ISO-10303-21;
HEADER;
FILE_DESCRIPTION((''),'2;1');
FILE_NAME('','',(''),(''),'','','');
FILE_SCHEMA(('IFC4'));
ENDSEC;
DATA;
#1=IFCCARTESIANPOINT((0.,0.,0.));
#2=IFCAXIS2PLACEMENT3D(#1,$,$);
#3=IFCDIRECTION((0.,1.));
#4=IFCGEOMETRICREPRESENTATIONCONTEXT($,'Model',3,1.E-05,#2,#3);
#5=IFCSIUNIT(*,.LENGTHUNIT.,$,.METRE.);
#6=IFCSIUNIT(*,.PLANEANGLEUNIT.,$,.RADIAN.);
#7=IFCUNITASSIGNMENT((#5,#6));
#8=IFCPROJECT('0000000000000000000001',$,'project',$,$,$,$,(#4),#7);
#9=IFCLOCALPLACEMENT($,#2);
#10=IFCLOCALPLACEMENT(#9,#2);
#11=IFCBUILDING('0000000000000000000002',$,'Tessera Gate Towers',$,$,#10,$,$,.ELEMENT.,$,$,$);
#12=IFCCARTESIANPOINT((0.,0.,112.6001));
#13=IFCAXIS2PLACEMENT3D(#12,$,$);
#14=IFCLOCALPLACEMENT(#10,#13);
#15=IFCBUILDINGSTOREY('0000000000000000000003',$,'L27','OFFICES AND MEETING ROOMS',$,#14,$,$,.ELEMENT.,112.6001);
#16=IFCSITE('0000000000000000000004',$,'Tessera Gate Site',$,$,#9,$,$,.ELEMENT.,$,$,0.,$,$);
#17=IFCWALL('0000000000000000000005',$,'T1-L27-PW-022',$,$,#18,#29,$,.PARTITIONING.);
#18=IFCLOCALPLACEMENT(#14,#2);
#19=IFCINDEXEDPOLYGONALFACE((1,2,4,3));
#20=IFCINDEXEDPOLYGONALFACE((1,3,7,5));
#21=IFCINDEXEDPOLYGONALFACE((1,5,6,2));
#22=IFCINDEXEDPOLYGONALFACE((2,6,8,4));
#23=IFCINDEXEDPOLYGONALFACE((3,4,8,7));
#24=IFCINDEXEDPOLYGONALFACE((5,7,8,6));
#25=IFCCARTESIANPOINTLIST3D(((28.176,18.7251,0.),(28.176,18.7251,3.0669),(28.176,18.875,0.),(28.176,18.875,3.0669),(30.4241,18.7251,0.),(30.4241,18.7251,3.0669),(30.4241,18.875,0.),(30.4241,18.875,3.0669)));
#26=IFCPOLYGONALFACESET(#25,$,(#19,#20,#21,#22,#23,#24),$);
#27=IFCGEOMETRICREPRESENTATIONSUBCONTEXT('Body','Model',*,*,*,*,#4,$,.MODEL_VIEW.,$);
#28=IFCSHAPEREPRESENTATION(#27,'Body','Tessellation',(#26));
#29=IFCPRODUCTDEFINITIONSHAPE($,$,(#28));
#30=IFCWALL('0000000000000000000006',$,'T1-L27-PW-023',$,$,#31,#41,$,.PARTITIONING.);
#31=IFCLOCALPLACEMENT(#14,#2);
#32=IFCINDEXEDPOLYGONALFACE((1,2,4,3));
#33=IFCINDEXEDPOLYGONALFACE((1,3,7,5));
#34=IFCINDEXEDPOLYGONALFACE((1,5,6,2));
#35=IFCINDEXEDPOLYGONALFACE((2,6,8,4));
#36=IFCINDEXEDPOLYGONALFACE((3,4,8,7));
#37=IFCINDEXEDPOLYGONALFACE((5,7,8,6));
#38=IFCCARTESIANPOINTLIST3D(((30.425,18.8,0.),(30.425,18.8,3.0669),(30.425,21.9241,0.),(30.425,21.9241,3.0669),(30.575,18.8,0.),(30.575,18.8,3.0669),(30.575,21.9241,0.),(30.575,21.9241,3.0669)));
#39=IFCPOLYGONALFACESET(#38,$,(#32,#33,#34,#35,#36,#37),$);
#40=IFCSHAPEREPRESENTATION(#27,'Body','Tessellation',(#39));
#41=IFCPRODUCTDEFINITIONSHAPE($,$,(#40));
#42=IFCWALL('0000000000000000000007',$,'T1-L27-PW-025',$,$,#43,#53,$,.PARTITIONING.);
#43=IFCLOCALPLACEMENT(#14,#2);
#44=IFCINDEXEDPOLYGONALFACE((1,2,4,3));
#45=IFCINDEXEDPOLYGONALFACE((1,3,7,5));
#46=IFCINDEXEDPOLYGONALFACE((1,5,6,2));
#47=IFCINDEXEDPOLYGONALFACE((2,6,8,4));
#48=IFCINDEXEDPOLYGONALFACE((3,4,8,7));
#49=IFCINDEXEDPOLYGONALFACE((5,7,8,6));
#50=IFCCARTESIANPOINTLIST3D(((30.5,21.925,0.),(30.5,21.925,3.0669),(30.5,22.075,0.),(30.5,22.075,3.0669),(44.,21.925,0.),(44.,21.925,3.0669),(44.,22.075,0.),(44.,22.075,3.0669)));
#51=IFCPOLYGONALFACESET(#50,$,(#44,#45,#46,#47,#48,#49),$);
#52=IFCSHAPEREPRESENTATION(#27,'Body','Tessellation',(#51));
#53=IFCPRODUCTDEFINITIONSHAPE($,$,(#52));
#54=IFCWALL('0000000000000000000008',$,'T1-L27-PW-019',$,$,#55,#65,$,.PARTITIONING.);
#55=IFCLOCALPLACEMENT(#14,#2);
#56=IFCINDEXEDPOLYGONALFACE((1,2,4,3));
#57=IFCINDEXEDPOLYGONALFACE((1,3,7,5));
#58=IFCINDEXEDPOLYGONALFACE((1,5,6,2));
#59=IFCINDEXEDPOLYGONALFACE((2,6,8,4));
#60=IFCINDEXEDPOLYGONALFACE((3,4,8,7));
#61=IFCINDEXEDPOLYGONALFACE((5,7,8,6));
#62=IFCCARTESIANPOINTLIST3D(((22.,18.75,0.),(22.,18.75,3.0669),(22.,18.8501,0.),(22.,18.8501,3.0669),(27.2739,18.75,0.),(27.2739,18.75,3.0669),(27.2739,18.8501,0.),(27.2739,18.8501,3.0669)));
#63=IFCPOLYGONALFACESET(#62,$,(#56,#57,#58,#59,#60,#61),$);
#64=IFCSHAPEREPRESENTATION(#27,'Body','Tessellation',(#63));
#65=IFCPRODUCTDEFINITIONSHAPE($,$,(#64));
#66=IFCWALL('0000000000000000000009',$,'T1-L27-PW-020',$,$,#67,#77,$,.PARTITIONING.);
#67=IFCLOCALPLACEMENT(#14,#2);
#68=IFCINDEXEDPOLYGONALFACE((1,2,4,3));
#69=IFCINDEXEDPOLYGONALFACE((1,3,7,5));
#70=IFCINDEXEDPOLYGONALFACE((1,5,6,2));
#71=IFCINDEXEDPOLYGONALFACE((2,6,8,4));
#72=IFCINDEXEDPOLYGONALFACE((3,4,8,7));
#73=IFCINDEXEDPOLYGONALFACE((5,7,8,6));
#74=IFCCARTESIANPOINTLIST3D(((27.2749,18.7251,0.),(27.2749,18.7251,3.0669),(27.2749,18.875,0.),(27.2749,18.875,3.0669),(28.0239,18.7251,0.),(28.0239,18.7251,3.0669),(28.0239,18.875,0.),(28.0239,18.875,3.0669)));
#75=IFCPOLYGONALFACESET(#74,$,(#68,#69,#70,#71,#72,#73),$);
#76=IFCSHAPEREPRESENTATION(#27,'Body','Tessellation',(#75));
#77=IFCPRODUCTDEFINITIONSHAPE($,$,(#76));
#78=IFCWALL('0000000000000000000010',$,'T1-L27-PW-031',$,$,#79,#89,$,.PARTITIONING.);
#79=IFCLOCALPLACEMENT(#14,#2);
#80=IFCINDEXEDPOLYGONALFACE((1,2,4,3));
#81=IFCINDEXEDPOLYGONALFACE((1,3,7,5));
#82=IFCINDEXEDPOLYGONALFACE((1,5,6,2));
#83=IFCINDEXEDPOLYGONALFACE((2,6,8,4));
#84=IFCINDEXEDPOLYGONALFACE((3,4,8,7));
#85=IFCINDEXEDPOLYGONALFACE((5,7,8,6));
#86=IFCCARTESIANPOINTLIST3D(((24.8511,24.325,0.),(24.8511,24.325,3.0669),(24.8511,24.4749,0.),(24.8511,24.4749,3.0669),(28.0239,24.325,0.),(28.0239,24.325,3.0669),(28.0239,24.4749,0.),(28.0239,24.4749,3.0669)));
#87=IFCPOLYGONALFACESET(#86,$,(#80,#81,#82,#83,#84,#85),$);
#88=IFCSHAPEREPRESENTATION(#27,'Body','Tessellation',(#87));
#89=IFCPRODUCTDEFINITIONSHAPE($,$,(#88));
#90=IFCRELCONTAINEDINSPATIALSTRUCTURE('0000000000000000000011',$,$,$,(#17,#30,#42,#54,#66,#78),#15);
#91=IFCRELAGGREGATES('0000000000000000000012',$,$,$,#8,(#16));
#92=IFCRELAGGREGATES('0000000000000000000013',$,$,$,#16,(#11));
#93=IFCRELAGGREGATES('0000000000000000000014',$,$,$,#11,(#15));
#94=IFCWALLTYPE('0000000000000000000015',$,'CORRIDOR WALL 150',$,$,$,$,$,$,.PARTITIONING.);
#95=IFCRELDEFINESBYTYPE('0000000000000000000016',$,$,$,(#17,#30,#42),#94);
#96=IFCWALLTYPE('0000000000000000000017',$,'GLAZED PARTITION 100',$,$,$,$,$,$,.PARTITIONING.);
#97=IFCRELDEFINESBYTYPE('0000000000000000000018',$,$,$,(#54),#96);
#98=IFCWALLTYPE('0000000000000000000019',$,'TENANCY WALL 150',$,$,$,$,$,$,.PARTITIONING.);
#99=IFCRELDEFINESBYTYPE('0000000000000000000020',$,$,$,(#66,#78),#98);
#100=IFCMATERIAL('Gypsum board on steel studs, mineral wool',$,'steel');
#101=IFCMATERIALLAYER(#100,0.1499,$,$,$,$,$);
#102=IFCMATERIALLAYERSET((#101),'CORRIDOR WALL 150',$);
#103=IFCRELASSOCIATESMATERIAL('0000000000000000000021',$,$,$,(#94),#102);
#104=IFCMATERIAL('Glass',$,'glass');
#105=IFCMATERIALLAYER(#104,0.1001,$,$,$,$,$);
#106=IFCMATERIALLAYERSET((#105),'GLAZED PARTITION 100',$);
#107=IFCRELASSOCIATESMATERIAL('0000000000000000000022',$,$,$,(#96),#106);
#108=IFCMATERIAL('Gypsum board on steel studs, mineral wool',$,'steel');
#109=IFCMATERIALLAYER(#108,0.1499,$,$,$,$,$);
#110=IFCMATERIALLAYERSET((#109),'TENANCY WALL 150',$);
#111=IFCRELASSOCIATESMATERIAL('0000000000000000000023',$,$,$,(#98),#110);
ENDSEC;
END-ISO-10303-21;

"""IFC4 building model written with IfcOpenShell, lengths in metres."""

from ifc_helpers import new_model, si_unit, direction, frame, frame_2d, origin, place, context, subcontext, project, spatial, rectangle, extrude, material, layer, layer_set, type_object, element, save


model = new_model("IFC4")

# Units and contexts
model_context = context("Model", 3, precision=1e-05, world=origin(), true_north=direction((0.0, 1.0)))
body_context = subcontext(model_context, "Body", "Model", "MODEL_VIEW")
ifc_project = project(units=[si_unit("LENGTHUNIT", "METRE"), si_unit("PLANEANGLEUNIT", "RADIAN")], contexts=[model_context])

# Site, building, storey
site_placement = place(None, origin())
site = spatial("IfcSite", under=ifc_project, at=site_placement, Name="Tessera Gate Site", CompositionType="ELEMENT", RefElevation=0.0)
building_placement = place(site_placement, origin())
building = spatial("IfcBuilding", under=site, at=building_placement, Name="Tessera Gate Towers", CompositionType="ELEMENT")
storey_placement = place(building_placement, frame((0.0, 0.0, 112.6001)))
storey = spatial("IfcBuildingStorey", under=building, at=storey_placement, Name="L27", Description="OFFICES AND MEETING ROOMS", CompositionType="ELEMENT", Elevation=112.6001)

# Shared definitions
ifc_material_1 = material(Name="Gypsum board on steel studs, mineral wool", Category="steel")
ifc_layer_1 = layer(ifc_material_1, 0.1499)
ifc_layer_set_1 = layer_set([ifc_layer_1], Name="CORRIDOR WALL 150")
wall_type_1 = type_object("IfcWallType", Name="CORRIDOR WALL 150", PredefinedType="PARTITIONING", material=ifc_layer_set_1)

# Walls
wall_1_placement = place(storey_placement, frame((28.176, 18.8, 0.0), z_axis=(0.0, 0.0, 1.0), x_axis=(1.0, 0.0, 0.0)))
element("IfcWall", 1, at=wall_1_placement, inside=storey, type_object=wall_type_1, Name="T1-L27-PW-022", PredefinedType="PARTITIONING", context=body_context, shape_type="SweptSolid", body=[
    extrude(rectangle(XDim=2.248, YDim=0.1499, at=frame_2d((1.124, 0.0))), origin(), (0.0, 0.0, 1.0), 3.0669),
])
wall_2_placement = place(storey_placement, frame((30.5, 18.8, 0.0), z_axis=(0.0, 0.0, 1.0), x_axis=(0.0, 1.0, 0.0)))
element("IfcWall", 2, at=wall_2_placement, inside=storey, type_object=wall_type_1, Name="T1-L27-PW-023", PredefinedType="PARTITIONING", context=body_context, shape_type="SweptSolid", body=[
    extrude(rectangle(XDim=3.124, YDim=0.1499, at=frame_2d((1.562, 0.0))), origin(), (0.0, 0.0, 1.0), 3.0669),
])
wall_3_placement = place(storey_placement, frame((30.5, 22.0, 0.0), z_axis=(0.0, 0.0, 1.0), x_axis=(1.0, 0.0, 0.0)))
element("IfcWall", 3, at=wall_3_placement, inside=storey, type_object=wall_type_1, Name="T1-L27-PW-025", PredefinedType="PARTITIONING", context=body_context, shape_type="SweptSolid", body=[
    extrude(rectangle(XDim=13.5, YDim=0.1499, at=frame_2d((6.75, 0.0))), origin(), (0.0, 0.0, 1.0), 3.0669),
])
ifc_material_2 = material(Name="Glass", Category="glass")
ifc_layer_2 = layer(ifc_material_2, 0.1001)
ifc_layer_set_2 = layer_set([ifc_layer_2], Name="GLAZED PARTITION 100")
wall_type_2 = type_object("IfcWallType", Name="GLAZED PARTITION 100", PredefinedType="PARTITIONING", material=ifc_layer_set_2)
wall_4_placement = place(storey_placement, frame((22.0, 18.8, 0.0), z_axis=(0.0, 0.0, 1.0), x_axis=(1.0, 0.0, 0.0)))
element("IfcWall", 4, at=wall_4_placement, inside=storey, type_object=wall_type_2, Name="T1-L27-PW-019", PredefinedType="PARTITIONING", context=body_context, shape_type="SweptSolid", body=[
    extrude(rectangle(XDim=5.2739, YDim=0.1001, at=frame_2d((2.637, 0.0))), origin(), (0.0, 0.0, 1.0), 3.0669),
])
ifc_material_3 = material(Name="Gypsum board on steel studs, mineral wool", Category="steel")
ifc_layer_3 = layer(ifc_material_3, 0.1499)
ifc_layer_set_3 = layer_set([ifc_layer_3], Name="TENANCY WALL 150")
wall_type_3 = type_object("IfcWallType", Name="TENANCY WALL 150", PredefinedType="PARTITIONING", material=ifc_layer_set_3)
wall_5_placement = place(storey_placement, frame((27.2749, 18.8, 0.0), z_axis=(0.0, 0.0, 1.0), x_axis=(1.0, 0.0, 0.0)))
element("IfcWall", 5, at=wall_5_placement, inside=storey, type_object=wall_type_3, Name="T1-L27-PW-020", PredefinedType="PARTITIONING", context=body_context, shape_type="SweptSolid", body=[
    extrude(rectangle(XDim=0.749, YDim=0.1499, at=frame_2d((0.3745, 0.0))), origin(), (0.0, 0.0, 1.0), 3.0669),
])
wall_6_placement = place(storey_placement, frame((24.8511, 24.3999, 0.0), z_axis=(0.0, 0.0, 1.0), x_axis=(1.0, 0.0, 0.0)))
element("IfcWall", 6, at=wall_6_placement, inside=storey, type_object=wall_type_3, Name="T1-L27-PW-031", PredefinedType="PARTITIONING", context=body_context, shape_type="SweptSolid", body=[
    extrude(rectangle(XDim=3.1729, YDim=0.1499, at=frame_2d((1.5864, 0.0))), origin(), (0.0, 0.0, 1.0), 3.0669),
])

save(model, "model.ifc")
